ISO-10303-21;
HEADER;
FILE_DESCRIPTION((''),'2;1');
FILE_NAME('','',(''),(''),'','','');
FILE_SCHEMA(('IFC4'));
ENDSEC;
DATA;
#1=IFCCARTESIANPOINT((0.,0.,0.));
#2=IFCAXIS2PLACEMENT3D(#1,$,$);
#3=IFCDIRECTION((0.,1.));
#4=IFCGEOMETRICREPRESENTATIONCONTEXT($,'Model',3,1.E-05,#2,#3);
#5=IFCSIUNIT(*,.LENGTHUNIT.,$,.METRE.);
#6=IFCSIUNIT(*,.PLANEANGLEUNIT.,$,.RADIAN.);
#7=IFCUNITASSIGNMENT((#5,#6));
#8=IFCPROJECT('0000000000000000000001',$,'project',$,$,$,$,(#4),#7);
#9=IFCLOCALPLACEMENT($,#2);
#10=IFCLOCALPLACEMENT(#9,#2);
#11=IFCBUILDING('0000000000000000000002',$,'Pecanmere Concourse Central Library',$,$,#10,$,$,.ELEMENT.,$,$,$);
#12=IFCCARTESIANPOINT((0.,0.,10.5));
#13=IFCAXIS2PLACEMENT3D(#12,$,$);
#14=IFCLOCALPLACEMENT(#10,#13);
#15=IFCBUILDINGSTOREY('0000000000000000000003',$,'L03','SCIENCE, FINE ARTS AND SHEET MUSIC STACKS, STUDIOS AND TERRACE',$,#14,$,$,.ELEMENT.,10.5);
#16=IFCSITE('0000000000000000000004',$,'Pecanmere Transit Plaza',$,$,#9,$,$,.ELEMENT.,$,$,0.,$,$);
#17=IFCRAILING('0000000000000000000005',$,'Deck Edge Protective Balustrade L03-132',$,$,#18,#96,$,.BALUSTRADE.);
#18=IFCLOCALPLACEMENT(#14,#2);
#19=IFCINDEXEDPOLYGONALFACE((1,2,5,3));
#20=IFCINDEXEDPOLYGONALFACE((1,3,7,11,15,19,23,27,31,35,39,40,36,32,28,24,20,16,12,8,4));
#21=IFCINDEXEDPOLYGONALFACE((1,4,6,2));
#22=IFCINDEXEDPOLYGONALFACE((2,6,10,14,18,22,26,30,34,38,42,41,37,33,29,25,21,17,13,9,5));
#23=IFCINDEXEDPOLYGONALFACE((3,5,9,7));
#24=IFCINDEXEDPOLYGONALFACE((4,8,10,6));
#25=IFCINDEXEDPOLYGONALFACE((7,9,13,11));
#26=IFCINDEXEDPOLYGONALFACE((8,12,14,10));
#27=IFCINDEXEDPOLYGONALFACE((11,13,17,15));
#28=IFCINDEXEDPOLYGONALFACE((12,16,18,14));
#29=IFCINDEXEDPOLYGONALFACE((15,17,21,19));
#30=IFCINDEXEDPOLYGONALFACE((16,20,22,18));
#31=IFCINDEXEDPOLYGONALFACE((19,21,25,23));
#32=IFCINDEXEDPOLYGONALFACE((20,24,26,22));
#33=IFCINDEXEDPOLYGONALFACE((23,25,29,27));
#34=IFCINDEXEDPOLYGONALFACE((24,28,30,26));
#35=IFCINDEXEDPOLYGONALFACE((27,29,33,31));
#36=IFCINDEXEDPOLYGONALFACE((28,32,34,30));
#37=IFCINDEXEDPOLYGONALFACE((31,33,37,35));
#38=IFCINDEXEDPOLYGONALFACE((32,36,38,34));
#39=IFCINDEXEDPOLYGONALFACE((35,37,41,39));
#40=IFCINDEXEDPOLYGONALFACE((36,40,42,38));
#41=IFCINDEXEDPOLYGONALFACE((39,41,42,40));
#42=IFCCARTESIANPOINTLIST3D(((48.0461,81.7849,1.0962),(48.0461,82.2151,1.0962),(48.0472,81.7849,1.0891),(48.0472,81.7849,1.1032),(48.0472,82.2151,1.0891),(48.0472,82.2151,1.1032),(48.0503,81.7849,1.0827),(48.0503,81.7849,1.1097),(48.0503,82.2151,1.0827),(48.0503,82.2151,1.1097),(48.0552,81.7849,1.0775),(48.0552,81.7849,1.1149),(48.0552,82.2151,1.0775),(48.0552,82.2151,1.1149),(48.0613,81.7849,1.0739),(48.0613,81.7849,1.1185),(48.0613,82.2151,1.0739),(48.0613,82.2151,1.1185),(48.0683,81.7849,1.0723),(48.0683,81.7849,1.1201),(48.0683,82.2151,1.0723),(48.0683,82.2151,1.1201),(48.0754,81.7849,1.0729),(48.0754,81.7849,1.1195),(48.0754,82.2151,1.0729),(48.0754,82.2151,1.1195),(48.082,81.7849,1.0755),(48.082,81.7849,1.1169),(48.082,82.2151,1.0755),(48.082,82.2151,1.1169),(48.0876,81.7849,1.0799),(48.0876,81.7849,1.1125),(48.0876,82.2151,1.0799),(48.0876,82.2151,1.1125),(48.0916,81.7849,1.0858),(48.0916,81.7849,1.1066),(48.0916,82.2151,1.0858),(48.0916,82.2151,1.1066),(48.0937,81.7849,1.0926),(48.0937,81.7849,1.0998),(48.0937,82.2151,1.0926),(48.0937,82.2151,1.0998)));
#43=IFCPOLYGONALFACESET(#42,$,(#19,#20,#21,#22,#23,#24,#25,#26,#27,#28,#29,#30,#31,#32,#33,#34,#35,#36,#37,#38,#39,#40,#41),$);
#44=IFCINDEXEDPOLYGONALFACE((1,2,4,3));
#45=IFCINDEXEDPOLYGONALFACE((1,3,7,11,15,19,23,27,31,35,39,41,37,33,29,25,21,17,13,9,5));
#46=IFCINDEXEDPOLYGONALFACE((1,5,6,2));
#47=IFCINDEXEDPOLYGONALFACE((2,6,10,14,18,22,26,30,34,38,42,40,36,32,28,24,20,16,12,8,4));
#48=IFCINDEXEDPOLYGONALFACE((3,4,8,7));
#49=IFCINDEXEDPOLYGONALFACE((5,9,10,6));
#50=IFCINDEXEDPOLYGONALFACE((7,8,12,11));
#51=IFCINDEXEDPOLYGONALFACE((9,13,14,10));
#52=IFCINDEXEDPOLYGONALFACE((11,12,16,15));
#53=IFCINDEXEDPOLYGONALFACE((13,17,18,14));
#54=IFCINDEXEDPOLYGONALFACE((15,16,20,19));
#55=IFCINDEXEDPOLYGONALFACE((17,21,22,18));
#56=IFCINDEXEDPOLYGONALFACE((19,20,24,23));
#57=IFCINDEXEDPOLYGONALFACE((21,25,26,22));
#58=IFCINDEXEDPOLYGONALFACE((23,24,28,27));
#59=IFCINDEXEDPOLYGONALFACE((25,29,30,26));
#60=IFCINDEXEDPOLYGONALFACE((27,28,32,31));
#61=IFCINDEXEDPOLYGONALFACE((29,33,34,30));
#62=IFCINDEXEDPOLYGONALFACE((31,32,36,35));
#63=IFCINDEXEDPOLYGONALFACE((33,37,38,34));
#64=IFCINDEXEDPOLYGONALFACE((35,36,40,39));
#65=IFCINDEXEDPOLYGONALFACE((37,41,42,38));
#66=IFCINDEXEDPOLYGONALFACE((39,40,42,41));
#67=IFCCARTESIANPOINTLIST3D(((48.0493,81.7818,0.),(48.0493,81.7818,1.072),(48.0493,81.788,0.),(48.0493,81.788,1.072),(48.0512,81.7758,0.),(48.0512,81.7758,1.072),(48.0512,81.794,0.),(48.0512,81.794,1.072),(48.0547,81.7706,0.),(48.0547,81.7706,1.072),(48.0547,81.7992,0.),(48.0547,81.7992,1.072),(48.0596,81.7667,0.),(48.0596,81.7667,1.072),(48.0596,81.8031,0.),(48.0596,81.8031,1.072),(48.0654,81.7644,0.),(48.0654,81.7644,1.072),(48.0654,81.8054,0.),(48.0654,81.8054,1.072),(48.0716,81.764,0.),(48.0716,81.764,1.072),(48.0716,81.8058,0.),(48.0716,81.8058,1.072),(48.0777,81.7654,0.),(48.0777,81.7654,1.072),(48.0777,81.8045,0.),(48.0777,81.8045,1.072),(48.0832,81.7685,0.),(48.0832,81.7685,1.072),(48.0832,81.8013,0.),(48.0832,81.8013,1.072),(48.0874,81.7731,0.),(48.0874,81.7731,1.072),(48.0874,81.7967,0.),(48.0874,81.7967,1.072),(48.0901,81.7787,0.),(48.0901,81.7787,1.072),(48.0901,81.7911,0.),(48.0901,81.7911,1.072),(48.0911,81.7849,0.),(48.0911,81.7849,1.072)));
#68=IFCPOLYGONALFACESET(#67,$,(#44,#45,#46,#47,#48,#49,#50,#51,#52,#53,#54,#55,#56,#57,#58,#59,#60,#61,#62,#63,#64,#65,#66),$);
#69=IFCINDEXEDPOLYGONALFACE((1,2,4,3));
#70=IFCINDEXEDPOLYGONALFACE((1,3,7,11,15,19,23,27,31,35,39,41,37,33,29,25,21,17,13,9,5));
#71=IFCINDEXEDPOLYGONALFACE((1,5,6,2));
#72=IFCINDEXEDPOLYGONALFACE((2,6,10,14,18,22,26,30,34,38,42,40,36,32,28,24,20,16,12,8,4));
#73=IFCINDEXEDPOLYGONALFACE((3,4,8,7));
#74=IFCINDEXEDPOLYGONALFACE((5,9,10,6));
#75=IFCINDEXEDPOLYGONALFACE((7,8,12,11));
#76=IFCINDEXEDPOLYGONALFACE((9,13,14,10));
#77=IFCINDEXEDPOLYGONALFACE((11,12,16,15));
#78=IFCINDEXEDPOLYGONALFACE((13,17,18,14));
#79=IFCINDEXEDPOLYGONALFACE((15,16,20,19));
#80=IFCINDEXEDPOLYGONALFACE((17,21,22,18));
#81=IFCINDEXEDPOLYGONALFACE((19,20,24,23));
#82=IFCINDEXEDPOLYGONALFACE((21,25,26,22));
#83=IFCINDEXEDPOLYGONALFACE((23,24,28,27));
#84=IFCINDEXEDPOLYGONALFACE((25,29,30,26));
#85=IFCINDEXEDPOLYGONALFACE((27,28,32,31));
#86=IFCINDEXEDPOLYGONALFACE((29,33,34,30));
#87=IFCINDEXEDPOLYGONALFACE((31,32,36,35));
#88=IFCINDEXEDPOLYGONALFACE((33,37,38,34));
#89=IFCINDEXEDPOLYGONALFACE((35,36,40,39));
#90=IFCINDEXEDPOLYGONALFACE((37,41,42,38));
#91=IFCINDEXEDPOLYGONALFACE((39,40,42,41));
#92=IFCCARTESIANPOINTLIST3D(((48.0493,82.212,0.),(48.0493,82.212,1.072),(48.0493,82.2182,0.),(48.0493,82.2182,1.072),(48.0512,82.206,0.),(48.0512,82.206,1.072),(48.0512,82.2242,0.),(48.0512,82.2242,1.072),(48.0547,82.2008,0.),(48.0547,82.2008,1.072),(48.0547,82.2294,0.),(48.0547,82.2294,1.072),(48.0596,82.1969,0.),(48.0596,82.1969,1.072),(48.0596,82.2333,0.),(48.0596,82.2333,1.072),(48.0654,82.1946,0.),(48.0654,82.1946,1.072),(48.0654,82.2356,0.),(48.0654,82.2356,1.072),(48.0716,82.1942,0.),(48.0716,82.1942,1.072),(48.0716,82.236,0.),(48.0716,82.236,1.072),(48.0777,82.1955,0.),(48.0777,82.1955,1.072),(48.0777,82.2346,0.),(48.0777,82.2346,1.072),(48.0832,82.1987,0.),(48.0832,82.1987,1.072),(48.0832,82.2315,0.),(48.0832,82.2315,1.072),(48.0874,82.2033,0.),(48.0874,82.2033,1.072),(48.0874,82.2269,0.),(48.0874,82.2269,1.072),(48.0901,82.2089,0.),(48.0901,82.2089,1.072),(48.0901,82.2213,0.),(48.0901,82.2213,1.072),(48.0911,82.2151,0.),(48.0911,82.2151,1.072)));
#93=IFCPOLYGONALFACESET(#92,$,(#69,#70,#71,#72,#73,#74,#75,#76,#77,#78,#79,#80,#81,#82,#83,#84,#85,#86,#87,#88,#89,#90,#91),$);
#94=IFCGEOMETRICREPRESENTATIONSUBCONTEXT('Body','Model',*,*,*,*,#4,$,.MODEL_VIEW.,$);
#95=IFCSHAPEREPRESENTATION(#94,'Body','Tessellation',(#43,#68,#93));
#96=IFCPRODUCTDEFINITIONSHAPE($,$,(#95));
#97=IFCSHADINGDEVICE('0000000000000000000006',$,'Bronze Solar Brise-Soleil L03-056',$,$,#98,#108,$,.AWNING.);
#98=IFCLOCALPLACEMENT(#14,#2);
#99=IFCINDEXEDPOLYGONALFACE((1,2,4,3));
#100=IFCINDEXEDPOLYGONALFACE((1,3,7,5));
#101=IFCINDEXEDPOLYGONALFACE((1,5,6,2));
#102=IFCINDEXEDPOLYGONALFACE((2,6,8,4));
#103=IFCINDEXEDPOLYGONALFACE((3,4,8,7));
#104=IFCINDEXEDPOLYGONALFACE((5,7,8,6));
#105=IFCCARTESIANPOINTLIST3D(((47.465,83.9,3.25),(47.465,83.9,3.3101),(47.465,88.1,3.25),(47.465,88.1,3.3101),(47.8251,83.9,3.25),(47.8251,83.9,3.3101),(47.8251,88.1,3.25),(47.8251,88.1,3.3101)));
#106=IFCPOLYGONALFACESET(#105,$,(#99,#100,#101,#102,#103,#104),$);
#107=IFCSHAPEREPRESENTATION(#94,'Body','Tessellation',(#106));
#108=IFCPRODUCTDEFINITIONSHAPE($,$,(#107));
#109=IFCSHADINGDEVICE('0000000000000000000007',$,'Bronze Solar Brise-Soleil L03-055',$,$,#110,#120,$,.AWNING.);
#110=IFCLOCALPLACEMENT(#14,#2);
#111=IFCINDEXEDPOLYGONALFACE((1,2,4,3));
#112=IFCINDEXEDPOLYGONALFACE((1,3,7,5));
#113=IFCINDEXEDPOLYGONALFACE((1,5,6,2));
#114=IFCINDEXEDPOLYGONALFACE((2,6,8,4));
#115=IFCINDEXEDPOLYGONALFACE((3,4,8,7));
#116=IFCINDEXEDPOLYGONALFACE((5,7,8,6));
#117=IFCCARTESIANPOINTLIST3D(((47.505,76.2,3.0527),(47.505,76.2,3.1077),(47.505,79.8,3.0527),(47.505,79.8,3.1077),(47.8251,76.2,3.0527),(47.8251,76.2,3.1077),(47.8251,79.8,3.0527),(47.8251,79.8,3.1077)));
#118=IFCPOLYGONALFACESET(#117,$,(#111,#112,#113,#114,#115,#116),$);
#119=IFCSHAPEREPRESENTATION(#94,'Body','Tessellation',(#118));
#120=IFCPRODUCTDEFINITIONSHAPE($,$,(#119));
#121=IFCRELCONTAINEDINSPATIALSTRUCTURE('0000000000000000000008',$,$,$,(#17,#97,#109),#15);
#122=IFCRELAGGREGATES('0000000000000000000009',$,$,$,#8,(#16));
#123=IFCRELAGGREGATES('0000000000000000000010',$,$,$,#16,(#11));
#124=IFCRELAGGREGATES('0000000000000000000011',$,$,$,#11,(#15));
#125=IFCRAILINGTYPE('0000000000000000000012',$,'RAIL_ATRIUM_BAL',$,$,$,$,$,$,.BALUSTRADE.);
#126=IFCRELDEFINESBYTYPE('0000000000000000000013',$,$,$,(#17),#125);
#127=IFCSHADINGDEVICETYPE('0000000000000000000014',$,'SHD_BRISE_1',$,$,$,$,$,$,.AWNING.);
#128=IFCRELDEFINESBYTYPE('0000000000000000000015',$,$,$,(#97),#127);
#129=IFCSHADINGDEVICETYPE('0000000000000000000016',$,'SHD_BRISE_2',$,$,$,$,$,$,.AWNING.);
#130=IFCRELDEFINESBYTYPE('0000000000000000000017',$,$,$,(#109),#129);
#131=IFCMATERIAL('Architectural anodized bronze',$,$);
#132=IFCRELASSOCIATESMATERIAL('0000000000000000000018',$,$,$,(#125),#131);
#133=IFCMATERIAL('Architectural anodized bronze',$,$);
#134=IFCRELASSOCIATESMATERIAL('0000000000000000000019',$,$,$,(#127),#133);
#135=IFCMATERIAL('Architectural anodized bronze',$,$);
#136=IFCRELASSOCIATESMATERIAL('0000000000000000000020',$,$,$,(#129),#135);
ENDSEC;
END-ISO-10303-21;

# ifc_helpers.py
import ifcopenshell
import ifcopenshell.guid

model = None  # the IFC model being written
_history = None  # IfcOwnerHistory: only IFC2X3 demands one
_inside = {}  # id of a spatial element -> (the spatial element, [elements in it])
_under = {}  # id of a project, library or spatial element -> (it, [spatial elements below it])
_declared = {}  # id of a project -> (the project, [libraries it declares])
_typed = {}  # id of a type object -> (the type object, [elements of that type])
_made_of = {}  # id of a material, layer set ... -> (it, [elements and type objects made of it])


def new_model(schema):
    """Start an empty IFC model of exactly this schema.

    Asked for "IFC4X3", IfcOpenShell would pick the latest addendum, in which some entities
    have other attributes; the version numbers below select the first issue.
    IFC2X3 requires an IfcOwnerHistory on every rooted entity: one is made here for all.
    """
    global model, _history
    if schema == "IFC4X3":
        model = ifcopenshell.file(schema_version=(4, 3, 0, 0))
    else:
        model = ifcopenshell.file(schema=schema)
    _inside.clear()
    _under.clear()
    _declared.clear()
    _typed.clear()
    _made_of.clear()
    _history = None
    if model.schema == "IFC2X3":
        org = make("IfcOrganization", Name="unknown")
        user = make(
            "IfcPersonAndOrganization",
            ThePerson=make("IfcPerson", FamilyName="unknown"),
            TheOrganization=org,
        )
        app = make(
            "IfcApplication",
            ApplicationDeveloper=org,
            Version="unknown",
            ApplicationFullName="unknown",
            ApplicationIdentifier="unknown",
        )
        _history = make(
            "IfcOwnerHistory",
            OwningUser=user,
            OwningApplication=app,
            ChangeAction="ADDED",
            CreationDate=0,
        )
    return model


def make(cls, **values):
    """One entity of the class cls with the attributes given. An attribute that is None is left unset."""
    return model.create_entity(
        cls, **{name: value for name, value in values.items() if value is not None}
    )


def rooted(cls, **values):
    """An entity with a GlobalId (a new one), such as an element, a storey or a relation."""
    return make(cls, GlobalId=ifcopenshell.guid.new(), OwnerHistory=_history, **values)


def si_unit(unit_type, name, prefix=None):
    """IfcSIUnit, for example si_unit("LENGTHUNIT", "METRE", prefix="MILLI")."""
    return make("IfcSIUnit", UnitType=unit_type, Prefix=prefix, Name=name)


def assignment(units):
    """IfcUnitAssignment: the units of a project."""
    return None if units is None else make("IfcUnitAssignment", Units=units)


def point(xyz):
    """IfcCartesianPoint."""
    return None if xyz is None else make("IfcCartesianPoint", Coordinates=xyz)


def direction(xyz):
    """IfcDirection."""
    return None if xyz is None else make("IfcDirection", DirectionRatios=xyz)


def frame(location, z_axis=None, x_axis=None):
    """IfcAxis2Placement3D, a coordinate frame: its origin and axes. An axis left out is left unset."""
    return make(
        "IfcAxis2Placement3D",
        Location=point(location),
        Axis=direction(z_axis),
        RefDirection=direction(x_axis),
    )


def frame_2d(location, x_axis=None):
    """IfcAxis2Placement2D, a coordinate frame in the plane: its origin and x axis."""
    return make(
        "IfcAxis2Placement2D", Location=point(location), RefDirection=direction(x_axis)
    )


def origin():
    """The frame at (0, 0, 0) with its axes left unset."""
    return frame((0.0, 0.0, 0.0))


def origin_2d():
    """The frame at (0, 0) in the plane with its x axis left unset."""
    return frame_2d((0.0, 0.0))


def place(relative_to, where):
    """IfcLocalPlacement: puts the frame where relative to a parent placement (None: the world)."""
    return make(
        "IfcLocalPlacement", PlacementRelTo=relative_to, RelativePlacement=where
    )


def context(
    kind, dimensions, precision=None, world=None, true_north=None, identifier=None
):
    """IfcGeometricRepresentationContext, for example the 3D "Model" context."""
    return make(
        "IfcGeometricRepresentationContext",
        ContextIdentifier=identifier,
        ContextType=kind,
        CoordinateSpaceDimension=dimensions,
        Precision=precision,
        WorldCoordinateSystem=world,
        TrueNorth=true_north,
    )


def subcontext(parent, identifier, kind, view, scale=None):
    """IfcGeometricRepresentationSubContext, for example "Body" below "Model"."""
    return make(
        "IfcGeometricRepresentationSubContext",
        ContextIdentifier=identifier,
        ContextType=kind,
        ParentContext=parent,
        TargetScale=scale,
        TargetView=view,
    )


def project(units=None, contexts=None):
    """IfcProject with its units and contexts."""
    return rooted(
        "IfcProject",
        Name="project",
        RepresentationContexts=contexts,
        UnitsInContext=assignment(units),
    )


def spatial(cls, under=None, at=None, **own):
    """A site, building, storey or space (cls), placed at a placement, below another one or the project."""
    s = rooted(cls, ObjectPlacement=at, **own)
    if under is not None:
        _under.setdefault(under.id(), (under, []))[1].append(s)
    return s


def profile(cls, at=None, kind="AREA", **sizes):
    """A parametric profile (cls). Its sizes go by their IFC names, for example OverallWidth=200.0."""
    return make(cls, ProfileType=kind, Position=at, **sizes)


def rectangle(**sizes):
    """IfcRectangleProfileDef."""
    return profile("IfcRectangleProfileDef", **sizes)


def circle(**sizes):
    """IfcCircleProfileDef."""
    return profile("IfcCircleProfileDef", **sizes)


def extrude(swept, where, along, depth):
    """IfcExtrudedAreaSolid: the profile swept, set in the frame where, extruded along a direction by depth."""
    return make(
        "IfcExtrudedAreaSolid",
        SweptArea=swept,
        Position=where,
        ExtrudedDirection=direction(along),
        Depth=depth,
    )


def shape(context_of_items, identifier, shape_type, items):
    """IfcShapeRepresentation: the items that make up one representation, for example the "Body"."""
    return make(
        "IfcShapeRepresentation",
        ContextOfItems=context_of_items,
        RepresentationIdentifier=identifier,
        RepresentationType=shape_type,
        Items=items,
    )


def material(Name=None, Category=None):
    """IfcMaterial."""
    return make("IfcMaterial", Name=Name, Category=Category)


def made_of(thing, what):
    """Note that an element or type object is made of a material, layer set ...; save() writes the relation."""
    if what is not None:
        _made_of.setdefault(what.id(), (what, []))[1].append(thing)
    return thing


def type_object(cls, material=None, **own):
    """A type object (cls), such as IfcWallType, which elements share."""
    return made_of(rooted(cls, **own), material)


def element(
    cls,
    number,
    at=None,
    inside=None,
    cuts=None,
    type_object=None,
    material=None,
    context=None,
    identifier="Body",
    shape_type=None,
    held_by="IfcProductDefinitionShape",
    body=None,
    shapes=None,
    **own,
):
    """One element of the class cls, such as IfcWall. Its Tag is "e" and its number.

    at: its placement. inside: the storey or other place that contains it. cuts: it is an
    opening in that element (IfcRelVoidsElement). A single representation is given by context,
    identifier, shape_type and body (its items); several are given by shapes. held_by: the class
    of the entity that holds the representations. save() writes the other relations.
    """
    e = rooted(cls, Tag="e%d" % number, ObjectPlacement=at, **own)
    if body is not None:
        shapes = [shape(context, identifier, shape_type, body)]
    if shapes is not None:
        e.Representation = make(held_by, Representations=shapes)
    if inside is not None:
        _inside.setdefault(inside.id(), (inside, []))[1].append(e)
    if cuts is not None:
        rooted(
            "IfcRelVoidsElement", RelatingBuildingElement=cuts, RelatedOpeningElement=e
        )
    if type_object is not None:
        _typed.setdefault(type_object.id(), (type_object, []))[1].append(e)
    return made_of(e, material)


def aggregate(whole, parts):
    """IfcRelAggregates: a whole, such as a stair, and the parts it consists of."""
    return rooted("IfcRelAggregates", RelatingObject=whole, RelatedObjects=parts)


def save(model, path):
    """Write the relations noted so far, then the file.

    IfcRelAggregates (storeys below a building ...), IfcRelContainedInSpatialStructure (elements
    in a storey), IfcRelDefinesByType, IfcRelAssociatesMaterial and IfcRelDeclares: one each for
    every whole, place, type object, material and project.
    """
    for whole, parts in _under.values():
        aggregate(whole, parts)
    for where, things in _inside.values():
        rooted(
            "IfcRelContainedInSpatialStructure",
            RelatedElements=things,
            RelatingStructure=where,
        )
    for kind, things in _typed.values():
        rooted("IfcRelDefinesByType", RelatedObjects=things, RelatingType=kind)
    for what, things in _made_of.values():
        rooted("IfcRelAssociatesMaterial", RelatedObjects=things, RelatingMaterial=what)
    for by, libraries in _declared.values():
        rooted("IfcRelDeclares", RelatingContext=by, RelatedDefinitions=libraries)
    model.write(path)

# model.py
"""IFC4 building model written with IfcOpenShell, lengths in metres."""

from ifc_helpers import new_model, si_unit, direction, frame, origin, origin_2d, place, context, subcontext, project, spatial, rectangle, circle, extrude, material, type_object, element, save


model = new_model("IFC4")

# Units and contexts
model_context = context("Model", 3, precision=1e-05, world=origin(), true_north=direction((0.0, 1.0)))
body_context = subcontext(model_context, "Body", "Model", "MODEL_VIEW")
ifc_project = project(units=[si_unit("LENGTHUNIT", "METRE"), si_unit("PLANEANGLEUNIT", "RADIAN")], contexts=[model_context])

# Site, building, storey
site_placement = place(None, origin())
site = spatial("IfcSite", under=ifc_project, at=site_placement, Name="Pecanmere Transit Plaza", CompositionType="ELEMENT", RefElevation=0.0)
building_placement = place(site_placement, origin())
building = spatial("IfcBuilding", under=site, at=building_placement, Name="Pecanmere Concourse Central Library", CompositionType="ELEMENT")
storey_placement = place(building_placement, frame((0.0, 0.0, 10.5)))
storey = spatial("IfcBuildingStorey", under=building, at=storey_placement, Name="L03", Description="SCIENCE, FINE ARTS AND SHEET MUSIC STACKS, STUDIOS AND TERRACE", CompositionType="ELEMENT", Elevation=10.5)

# Railing
ifc_material_1 = material(Name="Architectural anodized bronze")
railing_type = type_object("IfcRailingType", Name="RAIL_ATRIUM_BAL", PredefinedType="BALUSTRADE", material=ifc_material_1)
for number, where, name in (
    (1, (48.0701, 81.7849, 0.0), "Deck Edge Protective Balustrade L03-132"),
):
    element("IfcRailing", number, at=place(storey_placement, frame(where)), inside=storey, type_object=railing_type, Name=name, PredefinedType="BALUSTRADE", context=body_context, shape_type="SweptSolid", body=[
        extrude(circle(Radius=0.0239, at=origin_2d()), frame((0.0, 0.0, 1.0962), z_axis=(0.0, 1.0, 0.0), x_axis=(-1.0, 0.0, 0.0)), (0.0, 0.0, 1.0), 0.4302),
        extrude(circle(Radius=0.021, at=origin_2d()), origin(), (0.0, 0.0, 1.0), 1.072),
        extrude(circle(Radius=0.021, at=origin_2d()), frame((0.0, 0.4302, 0.0)), (0.0, 0.0, 1.0), 1.072),
    ])

# Shading devices
ifc_material_2 = material(Name="Architectural anodized bronze")
shading_device_type_1 = type_object("IfcShadingDeviceType", Name="SHD_BRISE_1", PredefinedType="AWNING", material=ifc_material_2)
shading_device_1_placement = place(storey_placement, frame((47.645, 86.0, 3.25), z_axis=(0.0, 0.0, 1.0), x_axis=(0.0, -1.0, 0.0)))
element("IfcShadingDevice", 2, at=shading_device_1_placement, inside=storey, type_object=shading_device_type_1, Name="Bronze Solar Brise-Soleil L03-056", PredefinedType="AWNING", context=body_context, shape_type="SweptSolid", body=[
    extrude(rectangle(XDim=4.2, YDim=0.3601, at=origin_2d()), origin(), (0.0, 0.0, 1.0), 0.0601),
])
ifc_material_3 = material(Name="Architectural anodized bronze")
shading_device_type_2 = type_object("IfcShadingDeviceType", Name="SHD_BRISE_2", PredefinedType="AWNING", material=ifc_material_3)
shading_device_2_placement = place(storey_placement, frame((47.665, 78.0, 3.0527), z_axis=(0.0, 0.0, 1.0), x_axis=(0.0, -1.0, 0.0)))
element("IfcShadingDevice", 3, at=shading_device_2_placement, inside=storey, type_object=shading_device_type_2, Name="Bronze Solar Brise-Soleil L03-055", PredefinedType="AWNING", context=body_context, shape_type="SweptSolid", body=[
    extrude(rectangle(XDim=3.6001, YDim=0.3201, at=origin_2d()), origin(), (0.0, 0.0, 1.0), 0.0549),
])

save(model, "model.ifc")
